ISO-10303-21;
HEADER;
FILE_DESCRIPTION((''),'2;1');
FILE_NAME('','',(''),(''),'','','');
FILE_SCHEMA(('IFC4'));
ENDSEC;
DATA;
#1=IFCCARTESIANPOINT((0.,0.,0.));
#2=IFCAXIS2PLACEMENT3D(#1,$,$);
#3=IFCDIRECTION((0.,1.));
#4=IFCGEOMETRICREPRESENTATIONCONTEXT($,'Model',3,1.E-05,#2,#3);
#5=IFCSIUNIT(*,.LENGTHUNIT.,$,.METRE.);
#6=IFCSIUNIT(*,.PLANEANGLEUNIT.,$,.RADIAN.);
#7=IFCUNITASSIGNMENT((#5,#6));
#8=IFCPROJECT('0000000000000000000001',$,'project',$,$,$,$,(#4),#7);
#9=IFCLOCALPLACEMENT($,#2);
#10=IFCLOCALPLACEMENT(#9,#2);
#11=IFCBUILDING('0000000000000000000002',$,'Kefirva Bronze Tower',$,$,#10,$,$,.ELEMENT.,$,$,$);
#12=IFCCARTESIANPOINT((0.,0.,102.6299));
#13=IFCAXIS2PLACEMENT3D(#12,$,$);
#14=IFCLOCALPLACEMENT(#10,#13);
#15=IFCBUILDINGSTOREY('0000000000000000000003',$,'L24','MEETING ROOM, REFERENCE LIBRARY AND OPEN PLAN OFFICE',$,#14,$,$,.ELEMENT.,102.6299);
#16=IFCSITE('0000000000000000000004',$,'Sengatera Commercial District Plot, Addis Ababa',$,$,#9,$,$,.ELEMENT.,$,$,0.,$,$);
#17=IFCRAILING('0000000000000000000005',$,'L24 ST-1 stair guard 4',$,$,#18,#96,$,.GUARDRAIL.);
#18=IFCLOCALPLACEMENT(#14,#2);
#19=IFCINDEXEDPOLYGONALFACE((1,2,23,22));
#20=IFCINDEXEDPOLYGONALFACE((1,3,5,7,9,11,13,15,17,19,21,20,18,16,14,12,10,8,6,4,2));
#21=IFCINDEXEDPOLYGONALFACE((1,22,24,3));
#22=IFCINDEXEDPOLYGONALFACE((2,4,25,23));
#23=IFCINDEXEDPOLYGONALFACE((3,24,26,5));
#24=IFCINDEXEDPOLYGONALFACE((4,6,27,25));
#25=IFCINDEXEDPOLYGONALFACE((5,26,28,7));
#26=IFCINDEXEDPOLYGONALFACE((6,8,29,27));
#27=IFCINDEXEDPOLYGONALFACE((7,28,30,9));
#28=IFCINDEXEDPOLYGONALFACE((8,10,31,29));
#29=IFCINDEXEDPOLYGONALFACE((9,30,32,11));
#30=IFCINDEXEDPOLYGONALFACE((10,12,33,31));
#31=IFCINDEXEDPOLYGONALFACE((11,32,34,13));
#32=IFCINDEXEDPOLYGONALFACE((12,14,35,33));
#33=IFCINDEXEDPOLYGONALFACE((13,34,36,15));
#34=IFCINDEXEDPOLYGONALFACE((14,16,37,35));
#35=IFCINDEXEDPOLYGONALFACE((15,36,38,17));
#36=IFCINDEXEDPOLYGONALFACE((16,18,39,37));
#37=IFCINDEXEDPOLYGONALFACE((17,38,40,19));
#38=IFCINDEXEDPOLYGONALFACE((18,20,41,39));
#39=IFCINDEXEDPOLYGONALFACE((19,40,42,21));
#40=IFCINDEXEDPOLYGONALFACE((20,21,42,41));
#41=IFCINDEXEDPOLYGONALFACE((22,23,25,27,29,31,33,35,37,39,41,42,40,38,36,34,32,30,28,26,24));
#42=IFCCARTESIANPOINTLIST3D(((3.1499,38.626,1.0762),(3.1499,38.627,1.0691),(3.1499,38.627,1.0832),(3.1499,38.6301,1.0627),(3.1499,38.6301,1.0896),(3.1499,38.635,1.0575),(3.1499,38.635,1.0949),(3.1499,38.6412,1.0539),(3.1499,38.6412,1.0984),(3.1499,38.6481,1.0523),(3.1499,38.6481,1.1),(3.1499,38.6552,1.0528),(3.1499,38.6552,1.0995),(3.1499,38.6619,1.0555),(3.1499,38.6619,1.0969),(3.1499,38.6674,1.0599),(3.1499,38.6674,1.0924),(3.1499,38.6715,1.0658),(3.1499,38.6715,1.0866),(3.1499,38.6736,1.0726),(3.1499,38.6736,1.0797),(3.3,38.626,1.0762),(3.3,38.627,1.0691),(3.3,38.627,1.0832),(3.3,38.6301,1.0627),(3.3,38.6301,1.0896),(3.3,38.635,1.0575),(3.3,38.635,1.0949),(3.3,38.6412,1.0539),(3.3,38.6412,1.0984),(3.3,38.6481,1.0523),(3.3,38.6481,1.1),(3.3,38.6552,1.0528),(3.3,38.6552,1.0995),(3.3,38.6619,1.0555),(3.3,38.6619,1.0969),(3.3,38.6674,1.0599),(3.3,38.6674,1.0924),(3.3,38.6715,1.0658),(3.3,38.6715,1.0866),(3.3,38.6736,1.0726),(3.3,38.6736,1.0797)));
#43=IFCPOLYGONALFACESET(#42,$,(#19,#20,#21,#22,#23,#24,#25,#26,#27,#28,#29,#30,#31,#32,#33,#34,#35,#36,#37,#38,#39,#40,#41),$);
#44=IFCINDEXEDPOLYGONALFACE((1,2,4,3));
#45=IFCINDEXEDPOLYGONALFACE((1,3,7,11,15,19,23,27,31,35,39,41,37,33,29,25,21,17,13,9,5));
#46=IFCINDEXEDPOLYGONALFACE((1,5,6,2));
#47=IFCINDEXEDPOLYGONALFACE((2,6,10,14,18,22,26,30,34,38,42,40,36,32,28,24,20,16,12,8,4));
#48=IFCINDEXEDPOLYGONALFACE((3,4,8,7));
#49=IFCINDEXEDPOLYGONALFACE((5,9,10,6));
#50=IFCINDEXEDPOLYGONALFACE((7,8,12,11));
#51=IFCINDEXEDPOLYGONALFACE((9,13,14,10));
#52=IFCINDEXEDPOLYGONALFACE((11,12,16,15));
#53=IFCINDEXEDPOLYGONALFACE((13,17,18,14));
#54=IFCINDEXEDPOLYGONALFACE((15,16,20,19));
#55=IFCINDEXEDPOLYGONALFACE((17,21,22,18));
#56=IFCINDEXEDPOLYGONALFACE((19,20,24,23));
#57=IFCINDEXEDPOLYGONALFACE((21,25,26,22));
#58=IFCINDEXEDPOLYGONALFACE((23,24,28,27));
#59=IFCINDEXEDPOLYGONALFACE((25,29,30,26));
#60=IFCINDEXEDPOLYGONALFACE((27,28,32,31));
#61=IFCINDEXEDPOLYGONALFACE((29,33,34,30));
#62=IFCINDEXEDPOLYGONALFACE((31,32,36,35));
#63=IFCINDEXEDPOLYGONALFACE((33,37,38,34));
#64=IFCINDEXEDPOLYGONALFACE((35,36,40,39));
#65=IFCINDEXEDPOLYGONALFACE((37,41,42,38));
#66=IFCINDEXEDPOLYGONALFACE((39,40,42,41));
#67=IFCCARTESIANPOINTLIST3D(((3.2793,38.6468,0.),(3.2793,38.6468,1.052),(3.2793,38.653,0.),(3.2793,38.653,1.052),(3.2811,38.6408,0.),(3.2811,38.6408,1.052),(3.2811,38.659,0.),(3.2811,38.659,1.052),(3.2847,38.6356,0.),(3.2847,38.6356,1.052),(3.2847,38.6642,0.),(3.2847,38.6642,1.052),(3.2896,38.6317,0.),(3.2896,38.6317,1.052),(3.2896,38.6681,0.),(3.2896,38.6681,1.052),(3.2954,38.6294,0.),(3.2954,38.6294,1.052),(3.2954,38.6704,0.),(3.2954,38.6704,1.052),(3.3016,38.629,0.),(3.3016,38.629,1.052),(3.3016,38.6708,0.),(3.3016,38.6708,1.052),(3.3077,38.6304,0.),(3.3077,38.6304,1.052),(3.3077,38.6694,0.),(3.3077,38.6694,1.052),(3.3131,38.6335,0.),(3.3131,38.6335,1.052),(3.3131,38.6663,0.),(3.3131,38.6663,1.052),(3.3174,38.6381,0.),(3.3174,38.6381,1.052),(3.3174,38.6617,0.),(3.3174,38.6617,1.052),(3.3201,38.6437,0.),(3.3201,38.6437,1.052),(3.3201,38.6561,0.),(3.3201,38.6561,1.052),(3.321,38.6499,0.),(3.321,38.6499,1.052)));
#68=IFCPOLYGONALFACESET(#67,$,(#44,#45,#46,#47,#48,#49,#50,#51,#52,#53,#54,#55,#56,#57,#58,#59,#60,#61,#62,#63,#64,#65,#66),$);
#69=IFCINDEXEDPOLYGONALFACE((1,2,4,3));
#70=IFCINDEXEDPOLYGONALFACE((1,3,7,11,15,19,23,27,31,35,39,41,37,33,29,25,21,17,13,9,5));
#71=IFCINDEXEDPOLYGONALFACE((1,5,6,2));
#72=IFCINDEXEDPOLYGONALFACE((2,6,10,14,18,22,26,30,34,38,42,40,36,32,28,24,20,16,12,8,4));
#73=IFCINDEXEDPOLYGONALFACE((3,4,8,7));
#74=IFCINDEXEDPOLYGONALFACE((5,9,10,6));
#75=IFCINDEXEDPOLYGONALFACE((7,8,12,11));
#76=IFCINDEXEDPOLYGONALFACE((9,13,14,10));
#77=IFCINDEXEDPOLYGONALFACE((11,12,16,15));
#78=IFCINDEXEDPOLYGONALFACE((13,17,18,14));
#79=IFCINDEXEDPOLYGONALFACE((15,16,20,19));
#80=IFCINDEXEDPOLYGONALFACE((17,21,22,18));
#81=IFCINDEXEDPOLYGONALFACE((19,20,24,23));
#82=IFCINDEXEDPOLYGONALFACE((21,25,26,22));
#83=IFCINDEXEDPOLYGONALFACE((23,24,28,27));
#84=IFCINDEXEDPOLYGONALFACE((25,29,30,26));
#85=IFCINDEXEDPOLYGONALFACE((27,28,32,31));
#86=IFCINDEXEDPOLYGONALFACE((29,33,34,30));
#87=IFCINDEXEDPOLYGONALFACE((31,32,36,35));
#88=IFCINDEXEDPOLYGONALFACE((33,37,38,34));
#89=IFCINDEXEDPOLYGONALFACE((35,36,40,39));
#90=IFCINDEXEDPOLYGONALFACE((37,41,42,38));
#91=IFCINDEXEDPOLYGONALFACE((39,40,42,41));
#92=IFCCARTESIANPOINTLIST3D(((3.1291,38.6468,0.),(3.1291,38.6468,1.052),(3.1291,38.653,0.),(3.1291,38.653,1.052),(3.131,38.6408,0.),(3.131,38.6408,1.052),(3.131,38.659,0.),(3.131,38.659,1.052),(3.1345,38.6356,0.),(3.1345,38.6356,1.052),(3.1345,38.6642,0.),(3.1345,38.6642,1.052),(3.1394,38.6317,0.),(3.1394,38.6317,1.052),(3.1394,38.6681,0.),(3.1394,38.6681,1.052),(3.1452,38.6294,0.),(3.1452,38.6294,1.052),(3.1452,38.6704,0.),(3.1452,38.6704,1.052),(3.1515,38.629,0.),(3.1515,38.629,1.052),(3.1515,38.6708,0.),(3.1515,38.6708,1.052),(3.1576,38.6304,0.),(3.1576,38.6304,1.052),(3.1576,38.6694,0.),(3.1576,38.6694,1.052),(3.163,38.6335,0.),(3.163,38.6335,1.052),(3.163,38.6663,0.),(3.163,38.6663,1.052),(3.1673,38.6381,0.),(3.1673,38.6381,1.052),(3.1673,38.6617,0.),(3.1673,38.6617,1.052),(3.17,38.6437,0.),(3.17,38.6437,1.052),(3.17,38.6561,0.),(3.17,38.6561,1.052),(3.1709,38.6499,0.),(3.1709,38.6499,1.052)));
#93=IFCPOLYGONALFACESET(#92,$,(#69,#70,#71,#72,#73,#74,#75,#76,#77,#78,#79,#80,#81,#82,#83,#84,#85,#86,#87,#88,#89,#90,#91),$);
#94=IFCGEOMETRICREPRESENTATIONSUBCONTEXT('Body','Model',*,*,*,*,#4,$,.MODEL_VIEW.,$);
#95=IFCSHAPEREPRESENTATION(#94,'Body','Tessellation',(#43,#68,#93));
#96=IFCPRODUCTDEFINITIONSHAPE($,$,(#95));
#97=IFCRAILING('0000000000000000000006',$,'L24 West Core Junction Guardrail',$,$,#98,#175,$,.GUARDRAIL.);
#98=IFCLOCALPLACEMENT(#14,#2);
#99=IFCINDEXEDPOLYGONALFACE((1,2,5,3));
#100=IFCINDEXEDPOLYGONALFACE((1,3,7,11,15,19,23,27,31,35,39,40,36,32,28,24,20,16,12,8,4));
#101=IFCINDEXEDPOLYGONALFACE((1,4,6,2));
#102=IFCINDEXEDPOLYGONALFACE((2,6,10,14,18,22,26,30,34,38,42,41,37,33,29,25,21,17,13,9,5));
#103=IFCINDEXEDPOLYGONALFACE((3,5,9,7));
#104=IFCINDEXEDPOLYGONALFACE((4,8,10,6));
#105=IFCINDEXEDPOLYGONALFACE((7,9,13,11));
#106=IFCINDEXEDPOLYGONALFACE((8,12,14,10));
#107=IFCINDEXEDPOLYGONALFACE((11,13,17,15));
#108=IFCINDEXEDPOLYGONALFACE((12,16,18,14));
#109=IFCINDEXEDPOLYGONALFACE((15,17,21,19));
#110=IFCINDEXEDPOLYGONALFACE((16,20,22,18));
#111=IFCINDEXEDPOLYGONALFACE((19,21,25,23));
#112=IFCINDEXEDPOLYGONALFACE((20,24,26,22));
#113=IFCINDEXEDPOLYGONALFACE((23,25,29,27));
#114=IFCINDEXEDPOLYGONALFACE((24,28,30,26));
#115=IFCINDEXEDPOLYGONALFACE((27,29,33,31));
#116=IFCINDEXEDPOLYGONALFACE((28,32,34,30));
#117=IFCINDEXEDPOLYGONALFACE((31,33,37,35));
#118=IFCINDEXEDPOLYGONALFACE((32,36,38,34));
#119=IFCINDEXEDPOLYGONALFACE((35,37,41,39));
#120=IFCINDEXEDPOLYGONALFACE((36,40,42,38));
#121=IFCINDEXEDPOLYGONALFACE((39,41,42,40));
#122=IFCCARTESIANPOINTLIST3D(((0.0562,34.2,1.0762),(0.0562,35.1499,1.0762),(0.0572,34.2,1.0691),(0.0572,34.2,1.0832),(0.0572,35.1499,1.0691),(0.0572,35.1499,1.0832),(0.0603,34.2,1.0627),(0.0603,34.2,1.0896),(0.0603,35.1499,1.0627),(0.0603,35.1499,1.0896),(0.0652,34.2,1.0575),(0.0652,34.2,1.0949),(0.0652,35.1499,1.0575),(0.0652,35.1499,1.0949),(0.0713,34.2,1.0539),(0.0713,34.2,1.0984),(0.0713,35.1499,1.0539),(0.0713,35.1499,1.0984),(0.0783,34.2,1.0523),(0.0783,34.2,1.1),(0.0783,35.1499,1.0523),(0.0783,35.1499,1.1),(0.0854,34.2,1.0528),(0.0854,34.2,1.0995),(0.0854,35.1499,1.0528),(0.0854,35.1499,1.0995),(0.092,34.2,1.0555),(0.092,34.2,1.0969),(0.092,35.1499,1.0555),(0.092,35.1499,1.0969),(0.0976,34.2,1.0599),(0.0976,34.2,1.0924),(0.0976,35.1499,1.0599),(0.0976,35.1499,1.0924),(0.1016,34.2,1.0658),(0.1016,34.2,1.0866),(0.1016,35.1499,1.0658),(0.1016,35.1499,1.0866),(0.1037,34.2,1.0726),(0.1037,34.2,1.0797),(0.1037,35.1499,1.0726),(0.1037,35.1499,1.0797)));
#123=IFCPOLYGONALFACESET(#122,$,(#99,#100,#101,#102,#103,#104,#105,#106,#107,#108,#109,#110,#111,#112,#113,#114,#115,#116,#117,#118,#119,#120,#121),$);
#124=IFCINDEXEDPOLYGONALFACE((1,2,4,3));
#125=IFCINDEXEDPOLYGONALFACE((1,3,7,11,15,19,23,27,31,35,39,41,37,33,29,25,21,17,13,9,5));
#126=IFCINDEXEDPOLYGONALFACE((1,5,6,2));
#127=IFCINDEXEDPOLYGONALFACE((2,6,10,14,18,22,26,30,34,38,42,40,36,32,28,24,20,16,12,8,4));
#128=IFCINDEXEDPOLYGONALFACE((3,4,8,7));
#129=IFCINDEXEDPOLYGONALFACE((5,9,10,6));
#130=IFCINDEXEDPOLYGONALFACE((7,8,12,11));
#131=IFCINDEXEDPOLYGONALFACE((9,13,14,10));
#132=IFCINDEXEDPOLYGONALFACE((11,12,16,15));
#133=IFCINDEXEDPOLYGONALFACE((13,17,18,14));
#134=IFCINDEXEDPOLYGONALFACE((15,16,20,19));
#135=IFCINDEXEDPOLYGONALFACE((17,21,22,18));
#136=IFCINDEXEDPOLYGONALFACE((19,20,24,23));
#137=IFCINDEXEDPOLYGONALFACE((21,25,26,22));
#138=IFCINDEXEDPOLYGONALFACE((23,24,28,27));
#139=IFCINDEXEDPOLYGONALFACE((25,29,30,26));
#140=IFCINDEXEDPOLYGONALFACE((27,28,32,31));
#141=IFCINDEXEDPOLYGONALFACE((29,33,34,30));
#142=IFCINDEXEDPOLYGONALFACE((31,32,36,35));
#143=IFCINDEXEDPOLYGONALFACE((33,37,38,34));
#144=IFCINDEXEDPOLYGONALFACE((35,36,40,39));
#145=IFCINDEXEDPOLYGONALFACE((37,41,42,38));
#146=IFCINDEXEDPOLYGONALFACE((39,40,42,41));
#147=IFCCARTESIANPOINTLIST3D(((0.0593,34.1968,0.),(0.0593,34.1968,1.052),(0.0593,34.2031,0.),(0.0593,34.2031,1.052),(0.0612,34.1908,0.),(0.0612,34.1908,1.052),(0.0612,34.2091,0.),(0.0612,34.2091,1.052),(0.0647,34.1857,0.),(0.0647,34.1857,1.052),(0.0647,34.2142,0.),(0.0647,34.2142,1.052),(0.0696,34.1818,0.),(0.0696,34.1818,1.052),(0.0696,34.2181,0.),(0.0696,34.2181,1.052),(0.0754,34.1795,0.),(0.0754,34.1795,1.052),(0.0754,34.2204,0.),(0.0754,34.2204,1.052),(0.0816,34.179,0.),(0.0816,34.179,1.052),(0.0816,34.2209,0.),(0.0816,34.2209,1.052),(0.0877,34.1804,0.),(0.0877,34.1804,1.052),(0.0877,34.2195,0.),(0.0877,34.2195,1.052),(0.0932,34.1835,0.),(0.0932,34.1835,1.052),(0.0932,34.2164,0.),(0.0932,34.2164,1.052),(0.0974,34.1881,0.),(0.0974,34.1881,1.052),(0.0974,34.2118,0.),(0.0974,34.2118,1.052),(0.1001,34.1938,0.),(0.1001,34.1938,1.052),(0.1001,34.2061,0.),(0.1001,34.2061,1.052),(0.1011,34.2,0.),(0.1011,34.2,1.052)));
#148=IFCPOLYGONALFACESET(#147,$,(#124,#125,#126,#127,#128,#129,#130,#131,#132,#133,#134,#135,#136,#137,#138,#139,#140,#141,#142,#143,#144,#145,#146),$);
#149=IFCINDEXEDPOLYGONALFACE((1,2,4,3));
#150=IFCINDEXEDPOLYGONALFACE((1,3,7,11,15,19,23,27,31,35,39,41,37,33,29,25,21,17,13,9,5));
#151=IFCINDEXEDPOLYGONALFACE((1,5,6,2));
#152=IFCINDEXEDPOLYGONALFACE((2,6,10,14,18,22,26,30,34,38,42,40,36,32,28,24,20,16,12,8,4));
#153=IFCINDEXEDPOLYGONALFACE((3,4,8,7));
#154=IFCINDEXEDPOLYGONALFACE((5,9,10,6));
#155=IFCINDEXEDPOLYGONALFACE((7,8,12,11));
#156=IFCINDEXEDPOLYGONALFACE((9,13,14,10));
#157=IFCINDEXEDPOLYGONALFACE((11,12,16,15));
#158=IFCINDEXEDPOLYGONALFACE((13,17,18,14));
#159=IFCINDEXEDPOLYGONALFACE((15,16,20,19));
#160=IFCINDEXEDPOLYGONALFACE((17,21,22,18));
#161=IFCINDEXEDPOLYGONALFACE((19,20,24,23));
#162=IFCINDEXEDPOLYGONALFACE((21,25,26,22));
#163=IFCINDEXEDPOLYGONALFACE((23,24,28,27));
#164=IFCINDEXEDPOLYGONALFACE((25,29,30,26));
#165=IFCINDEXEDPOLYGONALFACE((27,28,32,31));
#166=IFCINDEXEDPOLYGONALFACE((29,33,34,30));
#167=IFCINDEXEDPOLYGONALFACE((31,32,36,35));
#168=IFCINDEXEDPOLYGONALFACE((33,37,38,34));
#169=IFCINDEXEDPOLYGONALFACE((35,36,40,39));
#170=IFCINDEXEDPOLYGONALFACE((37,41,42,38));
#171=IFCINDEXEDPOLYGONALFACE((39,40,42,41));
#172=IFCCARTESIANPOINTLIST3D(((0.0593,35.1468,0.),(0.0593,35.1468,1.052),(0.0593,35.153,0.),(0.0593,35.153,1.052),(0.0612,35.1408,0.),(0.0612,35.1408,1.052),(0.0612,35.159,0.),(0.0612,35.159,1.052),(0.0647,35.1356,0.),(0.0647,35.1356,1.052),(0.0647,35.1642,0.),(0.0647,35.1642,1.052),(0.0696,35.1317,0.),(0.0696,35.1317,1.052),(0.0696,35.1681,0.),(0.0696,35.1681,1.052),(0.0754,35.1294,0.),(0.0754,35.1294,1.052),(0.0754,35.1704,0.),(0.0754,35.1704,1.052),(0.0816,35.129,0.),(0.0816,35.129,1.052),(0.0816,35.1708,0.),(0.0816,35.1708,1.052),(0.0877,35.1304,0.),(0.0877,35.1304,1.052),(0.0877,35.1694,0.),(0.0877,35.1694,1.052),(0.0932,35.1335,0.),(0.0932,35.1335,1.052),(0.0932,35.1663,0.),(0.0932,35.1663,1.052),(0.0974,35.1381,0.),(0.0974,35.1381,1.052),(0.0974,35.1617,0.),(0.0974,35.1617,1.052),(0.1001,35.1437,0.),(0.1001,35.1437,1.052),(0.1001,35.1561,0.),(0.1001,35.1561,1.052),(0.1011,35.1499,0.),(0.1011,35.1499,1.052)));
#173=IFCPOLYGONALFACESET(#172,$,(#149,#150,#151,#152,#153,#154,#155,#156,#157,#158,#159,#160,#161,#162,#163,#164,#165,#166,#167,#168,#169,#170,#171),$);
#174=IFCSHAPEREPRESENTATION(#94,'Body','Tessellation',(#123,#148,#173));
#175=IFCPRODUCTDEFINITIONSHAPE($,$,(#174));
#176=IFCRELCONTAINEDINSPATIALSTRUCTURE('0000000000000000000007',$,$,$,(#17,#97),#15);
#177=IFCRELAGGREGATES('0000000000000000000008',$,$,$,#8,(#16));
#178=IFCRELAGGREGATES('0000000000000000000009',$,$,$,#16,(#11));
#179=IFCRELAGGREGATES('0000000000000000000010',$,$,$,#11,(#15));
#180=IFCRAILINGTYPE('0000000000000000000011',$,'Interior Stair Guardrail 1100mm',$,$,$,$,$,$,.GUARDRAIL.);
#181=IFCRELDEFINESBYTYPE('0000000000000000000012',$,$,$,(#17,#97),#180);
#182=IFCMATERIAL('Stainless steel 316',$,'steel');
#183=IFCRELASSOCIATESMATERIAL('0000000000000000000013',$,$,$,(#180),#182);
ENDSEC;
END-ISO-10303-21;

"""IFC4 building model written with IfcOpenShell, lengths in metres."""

from ifc_helpers import new_model, si_unit, direction, frame, origin, origin_2d, place, context, subcontext, project, spatial, circle, extrude, material, type_object, element, save


model = new_model("IFC4")

# Units and contexts
model_context = context("Model", 3, precision=1e-05, world=origin(), true_north=direction((0.0, 1.0)))
body_context = subcontext(model_context, "Body", "Model", "MODEL_VIEW")
ifc_project = project(units=[si_unit("LENGTHUNIT", "METRE"), si_unit("PLANEANGLEUNIT", "RADIAN")], contexts=[model_context])

# Site, building, storey
site_placement = place(None, origin())
site = spatial("IfcSite", under=ifc_project, at=site_placement, Name="Sengatera Commercial District Plot, Addis Ababa", CompositionType="ELEMENT", RefElevation=0.0)
building_placement = place(site_placement, origin())
building = spatial("IfcBuilding", under=site, at=building_placement, Name="Kefirva Bronze Tower", CompositionType="ELEMENT")
storey_placement = place(building_placement, frame((0.0, 0.0, 102.6299)))
storey = spatial("IfcBuildingStorey", under=building, at=storey_placement, Name="L24", Description="MEETING ROOM, REFERENCE LIBRARY AND OPEN PLAN OFFICE", CompositionType="ELEMENT", Elevation=102.6299)

# Railings
ifc_material_1 = material(Name="Stainless steel 316", Category="steel")
railing_type_1 = type_object("IfcRailingType", Name="Interior Stair Guardrail 1100mm", PredefinedType="GUARDRAIL", material=ifc_material_1)
railing_1_placement = place(storey_placement, frame((3.3, 38.6499, 0.0)))
element("IfcRailing", 1, at=railing_1_placement, inside=storey, type_object=railing_type_1, Name="L24 ST-1 stair guard 4", PredefinedType="GUARDRAIL", context=body_context, shape_type="SweptSolid", body=[
    extrude(circle(Radius=0.0239, at=origin_2d()), frame((0.0, 0.0, 1.0762), z_axis=(-1.0, 0.0, 0.0), x_axis=(0.0, -1.0, 0.0)), (0.0, 0.0, 1.0), 0.1501),
    extrude(circle(Radius=0.021, at=origin_2d()), origin(), (0.0, 0.0, 1.0), 1.052),
    extrude(circle(Radius=0.021, at=origin_2d()), frame((-0.1501, 0.0, 0.0)), (0.0, 0.0, 1.0), 1.052),
])
railing_2_placement = place(storey_placement, frame((0.0801, 34.2, 0.0)))
element("IfcRailing", 2, at=railing_2_placement, inside=storey, type_object=railing_type_1, Name="L24 West Core Junction Guardrail", PredefinedType="GUARDRAIL", context=body_context, shape_type="SweptSolid", body=[
    extrude(circle(Radius=0.0239, at=origin_2d()), frame((0.0, 0.0, 1.0762), z_axis=(0.0, 1.0, 0.0), x_axis=(-1.0, 0.0, 0.0)), (0.0, 0.0, 1.0), 0.95),
    extrude(circle(Radius=0.021, at=origin_2d()), origin(), (0.0, 0.0, 1.0), 1.052),
    extrude(circle(Radius=0.021, at=origin_2d()), frame((0.0, 0.95, 0.0)), (0.0, 0.0, 1.0), 1.052),
])

save(model, "model.ifc")
